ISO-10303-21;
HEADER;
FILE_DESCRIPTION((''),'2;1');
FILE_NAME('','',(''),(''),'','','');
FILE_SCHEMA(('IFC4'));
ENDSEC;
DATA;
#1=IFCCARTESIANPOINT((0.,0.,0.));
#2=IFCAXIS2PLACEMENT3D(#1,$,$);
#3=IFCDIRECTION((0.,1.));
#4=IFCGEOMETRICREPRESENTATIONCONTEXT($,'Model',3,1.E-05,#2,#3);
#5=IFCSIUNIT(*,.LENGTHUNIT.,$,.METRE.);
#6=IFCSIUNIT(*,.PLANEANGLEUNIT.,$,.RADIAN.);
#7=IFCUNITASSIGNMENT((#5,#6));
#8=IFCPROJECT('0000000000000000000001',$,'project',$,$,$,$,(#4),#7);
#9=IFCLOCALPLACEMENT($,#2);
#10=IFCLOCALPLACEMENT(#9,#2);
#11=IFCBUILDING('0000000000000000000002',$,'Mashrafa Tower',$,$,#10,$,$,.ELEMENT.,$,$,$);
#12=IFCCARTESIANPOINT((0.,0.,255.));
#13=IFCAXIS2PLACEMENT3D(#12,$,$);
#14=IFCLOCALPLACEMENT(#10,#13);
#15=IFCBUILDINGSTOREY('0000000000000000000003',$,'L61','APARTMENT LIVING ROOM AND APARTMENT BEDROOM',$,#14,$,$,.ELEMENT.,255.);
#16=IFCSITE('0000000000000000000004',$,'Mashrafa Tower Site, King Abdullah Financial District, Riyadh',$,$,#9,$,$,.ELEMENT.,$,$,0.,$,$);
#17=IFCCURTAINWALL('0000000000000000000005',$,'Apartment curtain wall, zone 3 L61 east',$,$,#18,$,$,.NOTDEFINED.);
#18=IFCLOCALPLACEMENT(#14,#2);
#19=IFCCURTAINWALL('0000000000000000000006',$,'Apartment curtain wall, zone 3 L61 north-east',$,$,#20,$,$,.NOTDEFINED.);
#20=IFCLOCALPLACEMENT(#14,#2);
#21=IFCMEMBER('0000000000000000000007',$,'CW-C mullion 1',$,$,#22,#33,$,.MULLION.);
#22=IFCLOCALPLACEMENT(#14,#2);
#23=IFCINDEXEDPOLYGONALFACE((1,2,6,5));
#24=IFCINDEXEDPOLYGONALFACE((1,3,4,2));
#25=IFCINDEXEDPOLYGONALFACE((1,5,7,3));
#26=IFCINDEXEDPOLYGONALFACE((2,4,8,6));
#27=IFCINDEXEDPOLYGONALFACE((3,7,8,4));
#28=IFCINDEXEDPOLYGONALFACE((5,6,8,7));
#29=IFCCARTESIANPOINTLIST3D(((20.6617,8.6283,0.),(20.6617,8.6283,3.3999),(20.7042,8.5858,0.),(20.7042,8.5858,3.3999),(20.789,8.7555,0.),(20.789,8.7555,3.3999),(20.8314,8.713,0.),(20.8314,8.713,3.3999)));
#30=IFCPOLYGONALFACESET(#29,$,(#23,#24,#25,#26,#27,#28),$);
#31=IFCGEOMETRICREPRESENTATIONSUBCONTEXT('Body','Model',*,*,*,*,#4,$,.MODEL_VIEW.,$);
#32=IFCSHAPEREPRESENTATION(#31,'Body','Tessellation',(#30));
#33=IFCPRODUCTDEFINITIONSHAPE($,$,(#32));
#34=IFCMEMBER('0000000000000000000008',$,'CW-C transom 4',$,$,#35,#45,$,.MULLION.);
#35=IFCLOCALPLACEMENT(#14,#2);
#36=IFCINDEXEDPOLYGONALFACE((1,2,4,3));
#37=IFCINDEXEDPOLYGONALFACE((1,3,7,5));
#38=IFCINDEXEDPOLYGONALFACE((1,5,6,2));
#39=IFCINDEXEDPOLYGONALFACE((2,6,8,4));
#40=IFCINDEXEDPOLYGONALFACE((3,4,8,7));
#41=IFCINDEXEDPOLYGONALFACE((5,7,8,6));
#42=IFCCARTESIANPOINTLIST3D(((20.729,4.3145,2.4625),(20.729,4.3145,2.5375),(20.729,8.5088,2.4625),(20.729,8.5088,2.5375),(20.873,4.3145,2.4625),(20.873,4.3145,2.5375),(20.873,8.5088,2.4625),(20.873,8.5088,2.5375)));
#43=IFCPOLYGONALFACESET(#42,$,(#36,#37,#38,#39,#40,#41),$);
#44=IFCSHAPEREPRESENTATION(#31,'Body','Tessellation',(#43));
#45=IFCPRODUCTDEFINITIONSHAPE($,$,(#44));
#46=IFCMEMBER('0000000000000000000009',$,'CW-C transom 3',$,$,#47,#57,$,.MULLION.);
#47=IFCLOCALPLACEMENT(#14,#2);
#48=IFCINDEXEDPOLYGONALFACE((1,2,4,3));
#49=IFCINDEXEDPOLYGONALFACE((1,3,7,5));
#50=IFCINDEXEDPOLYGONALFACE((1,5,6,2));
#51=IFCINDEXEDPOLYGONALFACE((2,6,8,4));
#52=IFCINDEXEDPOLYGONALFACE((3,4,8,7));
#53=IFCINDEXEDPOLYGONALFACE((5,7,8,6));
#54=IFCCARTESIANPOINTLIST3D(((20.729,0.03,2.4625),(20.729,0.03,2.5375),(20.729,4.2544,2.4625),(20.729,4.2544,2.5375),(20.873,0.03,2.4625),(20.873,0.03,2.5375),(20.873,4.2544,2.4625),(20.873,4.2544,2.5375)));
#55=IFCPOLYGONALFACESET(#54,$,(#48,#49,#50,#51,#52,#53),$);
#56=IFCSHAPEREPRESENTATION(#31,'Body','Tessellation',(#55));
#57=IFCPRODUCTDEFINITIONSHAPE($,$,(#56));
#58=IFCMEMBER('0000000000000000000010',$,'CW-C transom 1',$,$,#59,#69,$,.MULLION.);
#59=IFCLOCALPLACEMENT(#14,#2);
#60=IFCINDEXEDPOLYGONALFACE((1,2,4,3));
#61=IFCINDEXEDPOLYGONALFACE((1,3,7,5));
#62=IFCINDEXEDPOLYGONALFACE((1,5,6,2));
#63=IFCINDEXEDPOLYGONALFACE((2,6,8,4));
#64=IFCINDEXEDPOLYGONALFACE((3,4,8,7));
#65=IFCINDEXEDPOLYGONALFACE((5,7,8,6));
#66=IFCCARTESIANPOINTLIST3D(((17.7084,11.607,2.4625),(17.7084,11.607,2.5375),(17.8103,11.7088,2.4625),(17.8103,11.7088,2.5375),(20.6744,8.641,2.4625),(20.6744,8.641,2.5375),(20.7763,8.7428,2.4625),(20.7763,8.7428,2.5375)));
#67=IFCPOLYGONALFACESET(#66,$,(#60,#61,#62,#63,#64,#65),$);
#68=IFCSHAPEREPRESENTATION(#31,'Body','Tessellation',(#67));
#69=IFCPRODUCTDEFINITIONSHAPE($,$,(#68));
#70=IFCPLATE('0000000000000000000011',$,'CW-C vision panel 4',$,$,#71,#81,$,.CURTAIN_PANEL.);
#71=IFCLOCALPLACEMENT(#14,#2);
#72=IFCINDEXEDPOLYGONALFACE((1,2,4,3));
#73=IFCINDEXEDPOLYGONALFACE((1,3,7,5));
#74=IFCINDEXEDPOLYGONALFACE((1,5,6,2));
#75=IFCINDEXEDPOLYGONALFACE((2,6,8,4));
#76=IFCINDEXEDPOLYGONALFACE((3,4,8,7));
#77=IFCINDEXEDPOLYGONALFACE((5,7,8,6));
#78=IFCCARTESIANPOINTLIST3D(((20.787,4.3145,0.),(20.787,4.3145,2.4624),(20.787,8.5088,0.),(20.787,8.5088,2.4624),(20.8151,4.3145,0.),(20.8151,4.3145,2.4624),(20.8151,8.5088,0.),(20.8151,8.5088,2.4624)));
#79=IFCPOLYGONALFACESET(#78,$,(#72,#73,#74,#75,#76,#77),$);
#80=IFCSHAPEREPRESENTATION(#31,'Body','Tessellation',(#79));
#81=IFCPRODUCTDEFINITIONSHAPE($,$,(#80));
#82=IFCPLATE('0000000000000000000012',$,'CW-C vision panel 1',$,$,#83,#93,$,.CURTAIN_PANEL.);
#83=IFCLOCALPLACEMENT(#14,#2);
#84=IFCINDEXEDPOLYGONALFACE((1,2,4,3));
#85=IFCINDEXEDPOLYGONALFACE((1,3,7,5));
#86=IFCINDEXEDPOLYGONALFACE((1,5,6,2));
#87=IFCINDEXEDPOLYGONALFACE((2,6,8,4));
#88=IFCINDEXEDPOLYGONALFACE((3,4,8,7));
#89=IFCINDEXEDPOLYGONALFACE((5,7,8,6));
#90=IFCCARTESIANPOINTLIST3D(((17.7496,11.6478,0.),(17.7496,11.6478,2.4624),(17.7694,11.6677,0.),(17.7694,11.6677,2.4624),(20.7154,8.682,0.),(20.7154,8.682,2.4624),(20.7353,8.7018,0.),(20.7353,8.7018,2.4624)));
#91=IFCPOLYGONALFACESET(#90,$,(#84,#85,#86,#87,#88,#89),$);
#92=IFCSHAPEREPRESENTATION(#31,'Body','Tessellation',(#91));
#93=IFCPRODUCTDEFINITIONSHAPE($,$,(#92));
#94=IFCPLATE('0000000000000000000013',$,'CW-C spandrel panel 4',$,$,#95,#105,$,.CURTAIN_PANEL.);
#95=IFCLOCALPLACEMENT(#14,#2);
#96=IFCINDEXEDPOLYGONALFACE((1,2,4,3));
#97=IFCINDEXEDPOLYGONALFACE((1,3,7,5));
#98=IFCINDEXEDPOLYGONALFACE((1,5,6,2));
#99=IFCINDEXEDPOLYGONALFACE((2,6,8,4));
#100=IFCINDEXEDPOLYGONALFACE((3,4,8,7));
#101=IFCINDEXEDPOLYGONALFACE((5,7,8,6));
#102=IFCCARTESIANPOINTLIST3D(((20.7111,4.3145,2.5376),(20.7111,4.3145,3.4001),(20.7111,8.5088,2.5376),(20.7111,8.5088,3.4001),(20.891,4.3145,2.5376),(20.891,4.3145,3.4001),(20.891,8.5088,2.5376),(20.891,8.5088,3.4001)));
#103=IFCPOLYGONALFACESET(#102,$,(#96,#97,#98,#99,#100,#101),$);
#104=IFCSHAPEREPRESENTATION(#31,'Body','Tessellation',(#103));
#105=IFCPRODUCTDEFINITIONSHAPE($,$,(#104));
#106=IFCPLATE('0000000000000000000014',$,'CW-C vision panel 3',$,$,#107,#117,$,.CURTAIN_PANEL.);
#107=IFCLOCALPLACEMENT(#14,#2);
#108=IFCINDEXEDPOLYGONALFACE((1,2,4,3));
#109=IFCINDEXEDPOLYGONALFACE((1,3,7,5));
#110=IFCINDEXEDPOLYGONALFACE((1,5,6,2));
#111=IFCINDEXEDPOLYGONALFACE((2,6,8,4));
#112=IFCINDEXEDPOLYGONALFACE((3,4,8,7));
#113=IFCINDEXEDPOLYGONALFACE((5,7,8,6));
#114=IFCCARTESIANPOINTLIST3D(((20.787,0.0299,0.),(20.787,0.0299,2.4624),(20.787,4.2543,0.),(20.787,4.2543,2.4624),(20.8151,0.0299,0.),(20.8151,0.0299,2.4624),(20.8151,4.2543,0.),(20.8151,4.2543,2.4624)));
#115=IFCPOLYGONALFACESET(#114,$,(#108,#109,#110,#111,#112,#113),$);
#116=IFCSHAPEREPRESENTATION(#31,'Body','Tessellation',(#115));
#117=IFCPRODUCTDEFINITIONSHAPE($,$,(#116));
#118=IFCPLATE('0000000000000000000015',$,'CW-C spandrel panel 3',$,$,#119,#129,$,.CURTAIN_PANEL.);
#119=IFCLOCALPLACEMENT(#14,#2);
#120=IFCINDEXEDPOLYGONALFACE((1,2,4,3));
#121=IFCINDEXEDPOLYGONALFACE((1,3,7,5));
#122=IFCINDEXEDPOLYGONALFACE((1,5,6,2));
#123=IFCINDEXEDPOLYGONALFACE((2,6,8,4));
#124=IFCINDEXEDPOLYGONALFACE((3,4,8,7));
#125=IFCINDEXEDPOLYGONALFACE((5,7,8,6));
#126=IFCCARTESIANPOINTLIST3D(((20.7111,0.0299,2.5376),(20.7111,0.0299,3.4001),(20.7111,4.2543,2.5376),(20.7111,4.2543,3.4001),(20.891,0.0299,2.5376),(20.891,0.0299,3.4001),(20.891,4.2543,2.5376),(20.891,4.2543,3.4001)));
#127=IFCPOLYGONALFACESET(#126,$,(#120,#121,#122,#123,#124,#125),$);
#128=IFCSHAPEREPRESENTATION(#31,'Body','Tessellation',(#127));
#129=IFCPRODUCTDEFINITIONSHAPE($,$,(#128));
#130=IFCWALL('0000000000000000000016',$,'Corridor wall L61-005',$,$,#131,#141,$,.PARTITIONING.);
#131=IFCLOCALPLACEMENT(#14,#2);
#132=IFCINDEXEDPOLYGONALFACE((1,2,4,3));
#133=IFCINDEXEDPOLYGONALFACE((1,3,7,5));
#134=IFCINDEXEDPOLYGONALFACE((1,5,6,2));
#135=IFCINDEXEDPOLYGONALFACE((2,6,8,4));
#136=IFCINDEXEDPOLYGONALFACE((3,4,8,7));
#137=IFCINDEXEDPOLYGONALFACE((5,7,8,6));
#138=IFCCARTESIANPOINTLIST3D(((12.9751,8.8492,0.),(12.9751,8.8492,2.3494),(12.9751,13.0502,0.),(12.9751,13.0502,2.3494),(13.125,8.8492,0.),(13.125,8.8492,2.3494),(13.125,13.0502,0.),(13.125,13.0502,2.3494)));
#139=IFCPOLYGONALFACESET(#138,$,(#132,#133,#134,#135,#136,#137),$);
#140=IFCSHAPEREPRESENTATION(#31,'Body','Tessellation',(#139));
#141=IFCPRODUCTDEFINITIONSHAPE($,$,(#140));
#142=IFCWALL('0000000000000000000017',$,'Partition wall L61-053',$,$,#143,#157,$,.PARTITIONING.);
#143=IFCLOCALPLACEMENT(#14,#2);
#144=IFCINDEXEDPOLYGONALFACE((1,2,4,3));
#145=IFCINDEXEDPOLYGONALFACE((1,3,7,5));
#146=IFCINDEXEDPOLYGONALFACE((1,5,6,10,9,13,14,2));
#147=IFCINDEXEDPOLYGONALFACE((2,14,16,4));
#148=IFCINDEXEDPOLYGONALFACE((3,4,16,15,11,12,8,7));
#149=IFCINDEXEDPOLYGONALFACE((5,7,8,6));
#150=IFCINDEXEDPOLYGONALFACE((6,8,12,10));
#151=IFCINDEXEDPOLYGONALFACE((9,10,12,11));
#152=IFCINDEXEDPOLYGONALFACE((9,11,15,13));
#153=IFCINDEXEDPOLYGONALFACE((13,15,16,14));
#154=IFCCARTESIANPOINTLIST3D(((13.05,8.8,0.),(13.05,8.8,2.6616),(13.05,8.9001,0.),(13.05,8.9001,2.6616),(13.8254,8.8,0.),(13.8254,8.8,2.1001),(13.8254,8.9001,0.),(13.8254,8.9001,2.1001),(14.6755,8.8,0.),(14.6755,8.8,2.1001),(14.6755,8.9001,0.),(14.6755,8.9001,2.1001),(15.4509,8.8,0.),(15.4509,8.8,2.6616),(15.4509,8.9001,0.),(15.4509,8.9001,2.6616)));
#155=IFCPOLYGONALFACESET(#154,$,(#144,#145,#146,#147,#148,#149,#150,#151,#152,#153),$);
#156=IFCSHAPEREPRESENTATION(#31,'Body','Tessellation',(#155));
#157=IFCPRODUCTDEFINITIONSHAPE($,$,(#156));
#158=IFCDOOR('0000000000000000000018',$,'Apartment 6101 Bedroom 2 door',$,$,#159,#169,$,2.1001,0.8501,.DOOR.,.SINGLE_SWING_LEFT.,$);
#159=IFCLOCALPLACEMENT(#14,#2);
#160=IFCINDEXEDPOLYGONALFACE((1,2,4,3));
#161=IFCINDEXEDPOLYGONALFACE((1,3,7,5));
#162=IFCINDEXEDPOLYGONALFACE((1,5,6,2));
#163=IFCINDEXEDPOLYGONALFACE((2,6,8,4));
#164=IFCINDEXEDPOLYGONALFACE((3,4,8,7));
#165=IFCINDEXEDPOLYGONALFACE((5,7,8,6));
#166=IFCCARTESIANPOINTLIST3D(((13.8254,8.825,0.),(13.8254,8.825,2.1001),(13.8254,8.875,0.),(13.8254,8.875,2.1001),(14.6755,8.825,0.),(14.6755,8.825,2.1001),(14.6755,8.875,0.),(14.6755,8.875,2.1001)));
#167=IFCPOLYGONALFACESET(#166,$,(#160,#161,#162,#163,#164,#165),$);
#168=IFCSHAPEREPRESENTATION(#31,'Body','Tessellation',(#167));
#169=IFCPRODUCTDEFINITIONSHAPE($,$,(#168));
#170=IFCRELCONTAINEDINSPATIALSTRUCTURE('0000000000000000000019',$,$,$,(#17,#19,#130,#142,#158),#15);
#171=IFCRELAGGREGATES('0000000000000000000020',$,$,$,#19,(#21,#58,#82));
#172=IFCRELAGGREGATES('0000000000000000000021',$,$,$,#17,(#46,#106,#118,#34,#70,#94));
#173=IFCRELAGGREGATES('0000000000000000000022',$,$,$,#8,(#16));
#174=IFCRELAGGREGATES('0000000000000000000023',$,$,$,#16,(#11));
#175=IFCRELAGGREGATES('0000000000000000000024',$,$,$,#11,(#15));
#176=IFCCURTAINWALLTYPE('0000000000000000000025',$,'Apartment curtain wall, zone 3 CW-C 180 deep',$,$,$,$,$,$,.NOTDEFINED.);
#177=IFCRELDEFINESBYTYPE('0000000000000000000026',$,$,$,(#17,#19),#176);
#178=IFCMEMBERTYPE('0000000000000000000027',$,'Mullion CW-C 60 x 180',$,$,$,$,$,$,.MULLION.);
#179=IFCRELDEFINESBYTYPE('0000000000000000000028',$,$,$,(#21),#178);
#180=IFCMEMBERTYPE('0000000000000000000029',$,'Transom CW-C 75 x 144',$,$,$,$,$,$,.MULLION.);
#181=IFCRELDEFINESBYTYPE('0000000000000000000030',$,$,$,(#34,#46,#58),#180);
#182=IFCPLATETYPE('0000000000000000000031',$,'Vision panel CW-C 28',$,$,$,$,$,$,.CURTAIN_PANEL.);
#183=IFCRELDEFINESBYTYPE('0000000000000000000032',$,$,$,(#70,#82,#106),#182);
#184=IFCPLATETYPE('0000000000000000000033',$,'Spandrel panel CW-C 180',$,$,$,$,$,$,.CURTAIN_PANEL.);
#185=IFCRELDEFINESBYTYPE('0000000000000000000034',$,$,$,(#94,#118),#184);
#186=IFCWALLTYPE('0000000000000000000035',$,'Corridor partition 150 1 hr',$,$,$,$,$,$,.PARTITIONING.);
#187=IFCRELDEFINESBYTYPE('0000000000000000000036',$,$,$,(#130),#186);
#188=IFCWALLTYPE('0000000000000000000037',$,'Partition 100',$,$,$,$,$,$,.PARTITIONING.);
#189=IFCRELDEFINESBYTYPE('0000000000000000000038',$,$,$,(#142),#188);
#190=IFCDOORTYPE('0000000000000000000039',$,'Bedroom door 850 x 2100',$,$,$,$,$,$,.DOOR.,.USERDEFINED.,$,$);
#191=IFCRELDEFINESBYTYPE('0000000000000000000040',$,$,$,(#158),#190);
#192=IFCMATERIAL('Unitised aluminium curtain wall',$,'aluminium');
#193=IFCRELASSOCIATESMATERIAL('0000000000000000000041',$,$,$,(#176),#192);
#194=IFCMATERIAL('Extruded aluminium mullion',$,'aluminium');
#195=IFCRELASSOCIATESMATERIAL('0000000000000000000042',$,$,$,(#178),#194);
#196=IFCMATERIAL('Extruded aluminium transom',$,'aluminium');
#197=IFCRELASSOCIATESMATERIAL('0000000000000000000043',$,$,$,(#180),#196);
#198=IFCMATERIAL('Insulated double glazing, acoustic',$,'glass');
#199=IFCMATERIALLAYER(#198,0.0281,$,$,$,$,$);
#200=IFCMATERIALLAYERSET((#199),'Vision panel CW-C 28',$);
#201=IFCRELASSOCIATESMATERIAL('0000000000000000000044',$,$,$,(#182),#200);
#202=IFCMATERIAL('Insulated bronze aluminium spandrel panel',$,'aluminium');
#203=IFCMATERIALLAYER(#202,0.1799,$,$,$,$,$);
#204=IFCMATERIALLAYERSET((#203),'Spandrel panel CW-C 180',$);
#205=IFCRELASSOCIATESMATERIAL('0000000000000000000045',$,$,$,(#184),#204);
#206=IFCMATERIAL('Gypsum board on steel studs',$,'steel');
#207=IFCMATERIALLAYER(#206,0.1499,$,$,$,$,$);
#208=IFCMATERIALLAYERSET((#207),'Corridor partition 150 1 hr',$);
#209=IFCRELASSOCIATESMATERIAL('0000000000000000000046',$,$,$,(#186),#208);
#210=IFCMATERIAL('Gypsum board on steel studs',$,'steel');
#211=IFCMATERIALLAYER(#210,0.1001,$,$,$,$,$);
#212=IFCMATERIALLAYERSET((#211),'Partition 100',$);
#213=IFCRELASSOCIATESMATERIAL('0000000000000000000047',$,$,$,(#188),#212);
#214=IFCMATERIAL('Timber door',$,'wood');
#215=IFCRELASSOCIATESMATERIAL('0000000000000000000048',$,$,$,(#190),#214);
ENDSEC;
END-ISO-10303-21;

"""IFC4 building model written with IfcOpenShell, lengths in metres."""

from ifc_helpers import new_model, si_unit, direction, frame, frame_2d, origin, origin_2d, place, context, subcontext, project, spatial, rectangle, extrude, source, transform, mapped, material, layer, layer_set, material_profile, profile_set, type_object, type_shapes, element, fill, aggregate, save


model = new_model("IFC4")

# Units and contexts
model_context = context("Model", 3, precision=1e-05, world=origin(), true_north=direction((0.0, 1.0)))
body_context = subcontext(model_context, "Body", "Model", "MODEL_VIEW")
ifc_project = project(units=[si_unit("LENGTHUNIT", "METRE"), si_unit("PLANEANGLEUNIT", "RADIAN")], contexts=[model_context])

# Site, building, storey
site_placement = place(None, origin())
site = spatial("IfcSite", under=ifc_project, at=site_placement, Name="Mashrafa Tower Site, King Abdullah Financial District, Riyadh", CompositionType="ELEMENT", RefElevation=0.0)
building_placement = place(site_placement, origin())
building = spatial("IfcBuilding", under=site, at=building_placement, Name="Mashrafa Tower", CompositionType="ELEMENT")
storey_placement = place(building_placement, frame((0.0, 0.0, 255.0)))
storey = spatial("IfcBuildingStorey", under=building, at=storey_placement, Name="L61", Description="APARTMENT LIVING ROOM AND APARTMENT BEDROOM", CompositionType="ELEMENT", Elevation=255.0)

# Curtain wall
ifc_material_1 = material(Name="Unitised aluminium curtain wall", Category="aluminium")
curtain_wall_type = type_object("IfcCurtainWallType", Name="Apartment curtain wall, zone 3 CW-C 180 deep", PredefinedType="NOTDEFINED", material=ifc_material_1)
curtain_wall_1_placement = place(storey_placement, origin())
curtain_wall_1 = element("IfcCurtainWall", 1, at=curtain_wall_1_placement, inside=storey, type_object=curtain_wall_type, Name="Apartment curtain wall, zone 3 L61 east", PredefinedType="NOTDEFINED")
ifc_material_2 = material(Name="Extruded aluminium mullion", Category="aluminium")
ifc_material_profile_1 = material_profile(ifc_material_2, rectangle(XDim=0.1799, YDim=0.0601, at=origin_2d()), Name="Mullion 60x180")
ifc_profile_set_1 = profile_set([ifc_material_profile_1], Name="Extruded aluminium mullion")
member_type_1 = type_object("IfcMemberType", Name="Mullion CW-C 60 x 180", PredefinedType="MULLION", material=ifc_profile_set_1)
shared_shape_1 = source(origin(), body_context, "Body", "SweptSolid", [
    extrude(rectangle(XDim=0.1799, YDim=0.0601, at=origin_2d()), origin(), (0.0, 0.0, 1.0), 3.3999),
])
type_shapes(member_type_1, [shared_shape_1])

# Curtain wall, member
curtain_wall_2_placement = place(storey_placement, origin())
curtain_wall_2 = element("IfcCurtainWall", 2, at=curtain_wall_2_placement, inside=storey, type_object=curtain_wall_type, Name="Apartment curtain wall, zone 3 L61 north-east", PredefinedType="NOTDEFINED")
member_1_placement = place(storey_placement, frame((20.7466, 8.6707, 0.0), z_axis=(0.0, 0.0, 1.0), x_axis=(-0.707107, -0.707107, 0.0)))
member_1 = element("IfcMember", 3, at=member_1_placement, type_object=member_type_1, Name="CW-C mullion 1", PredefinedType="MULLION", context=body_context, shape_type="MappedRepresentation", body=[
    mapped(shared_shape_1, transform((0.0, 0.0, 0.0))),
])

# Members
ifc_material_3 = material(Name="Extruded aluminium transom", Category="aluminium")
ifc_material_profile_2 = material_profile(ifc_material_3, rectangle(XDim=0.144, YDim=0.075, at=origin_2d()), Name="Transom 75x144")
ifc_profile_set_2 = profile_set([ifc_material_profile_2], Name="Extruded aluminium transom")
member_type_2 = type_object("IfcMemberType", Name="Transom CW-C 75 x 144", PredefinedType="MULLION", material=ifc_profile_set_2)
shared_shape_2 = source(origin(), body_context, "Body", "SweptSolid", [
    extrude(rectangle(XDim=0.144, YDim=0.075, at=origin_2d()), origin(), (0.0, 0.0, 1.0), 4.1943),
])
member_2_placement = place(storey_placement, frame((20.801, 4.3145, 2.5), z_axis=(0.0, 1.0, 0.0), x_axis=(-1.0, 0.0, 0.0)))
member_2 = element("IfcMember", 4, at=member_2_placement, type_object=member_type_2, Name="CW-C transom 4", PredefinedType="MULLION", context=body_context, shape_type="MappedRepresentation", body=[
    mapped(shared_shape_2, transform((0.0, 0.0, 0.0))),
])
shared_shape_3 = source(origin(), body_context, "Body", "SweptSolid", [
    extrude(rectangle(XDim=0.144, YDim=0.075, at=origin_2d()), origin(), (0.0, 0.0, 1.0), 4.2244),
])
member_3_placement = place(storey_placement, frame((20.801, 0.03, 2.5), z_axis=(0.0, 1.0, 0.0), x_axis=(-1.0, 0.0, 0.0)))
member_3 = element("IfcMember", 5, at=member_3_placement, type_object=member_type_2, Name="CW-C transom 3", PredefinedType="MULLION", context=body_context, shape_type="MappedRepresentation", body=[
    mapped(shared_shape_3, transform((0.0, 0.0, 0.0))),
])
shared_shape_4 = source(origin(), body_context, "Body", "SweptSolid", [
    extrude(rectangle(XDim=0.144, YDim=0.075, at=origin_2d()), origin(), (0.0, 0.0, 1.0), 4.1946),
])
type_shapes(member_type_2, [shared_shape_2, shared_shape_3, shared_shape_4])
member_4_placement = place(storey_placement, frame((20.7253, 8.6919, 2.5), z_axis=(-0.707107, 0.707107, 0.0), x_axis=(-0.707107, -0.707107, 0.0)))
member_4 = element("IfcMember", 6, at=member_4_placement, type_object=member_type_2, Name="CW-C transom 1", PredefinedType="MULLION", context=body_context, shape_type="MappedRepresentation", body=[
    mapped(shared_shape_4, transform((0.0, 0.0, 0.0))),
])

# Plates
ifc_material_4 = material(Name="Insulated double glazing, acoustic", Category="glass")
ifc_layer_1 = layer(ifc_material_4, 0.0281)
ifc_layer_set_1 = layer_set([ifc_layer_1], Name="Vision panel CW-C 28")
plate_type_1 = type_object("IfcPlateType", Name="Vision panel CW-C 28", PredefinedType="CURTAIN_PANEL", material=ifc_layer_set_1)
shared_shape_5 = source(origin(), body_context, "Body", "SweptSolid", [
    extrude(rectangle(XDim=4.1943, YDim=0.0281, at=origin_2d()), origin(), (0.0, 0.0, 1.0), 2.4624),
])
plate_1_placement = place(storey_placement, frame((20.801, 6.4116, 0.0), z_axis=(0.0, 0.0, 1.0), x_axis=(0.0, 1.0, 0.0)))
plate_1 = element("IfcPlate", 7, at=plate_1_placement, type_object=plate_type_1, Name="CW-C vision panel 4", PredefinedType="CURTAIN_PANEL", context=body_context, shape_type="MappedRepresentation", body=[
    mapped(shared_shape_5, transform((0.0, 0.0, 0.0))),
])
plate_2_placement = place(storey_placement, frame((19.2424, 10.1748, 0.0), z_axis=(0.0, 0.0, 1.0), x_axis=(-0.707107, 0.707107, 0.0)))
plate_2 = element("IfcPlate", 8, at=plate_2_placement, type_object=plate_type_1, Name="CW-C vision panel 1", PredefinedType="CURTAIN_PANEL", context=body_context, shape_type="MappedRepresentation", body=[
    mapped(shared_shape_5, transform((0.0, 0.0, 0.0))),
])
aggregate(curtain_wall_2, [member_1, member_4, plate_2])
ifc_material_5 = material(Name="Insulated bronze aluminium spandrel panel", Category="aluminium")
ifc_layer_2 = layer(ifc_material_5, 0.1799)
ifc_layer_set_2 = layer_set([ifc_layer_2], Name="Spandrel panel CW-C 180")
plate_type_2 = type_object("IfcPlateType", Name="Spandrel panel CW-C 180", PredefinedType="CURTAIN_PANEL", material=ifc_layer_set_2)
shared_shape_6 = source(origin(), body_context, "Body", "SweptSolid", [
    extrude(rectangle(XDim=4.1943, YDim=0.1799, at=origin_2d()), origin(), (0.0, 0.0, 1.0), 0.8625),
])
plate_3_placement = place(storey_placement, frame((20.801, 6.4116, 2.5376), z_axis=(0.0, 0.0, 1.0), x_axis=(0.0, 1.0, 0.0)))
plate_3 = element("IfcPlate", 9, at=plate_3_placement, type_object=plate_type_2, Name="CW-C spandrel panel 4", PredefinedType="CURTAIN_PANEL", context=body_context, shape_type="MappedRepresentation", body=[
    mapped(shared_shape_6, transform((0.0, 0.0, 0.0))),
])
shared_shape_7 = source(origin(), body_context, "Body", "SweptSolid", [
    extrude(rectangle(XDim=4.2244, YDim=0.0281, at=origin_2d()), origin(), (0.0, 0.0, 1.0), 2.4624),
])
type_shapes(plate_type_1, [shared_shape_5, shared_shape_7])
plate_4_placement = place(storey_placement, frame((20.801, 2.1421, 0.0), z_axis=(0.0, 0.0, 1.0), x_axis=(0.0, 1.0, 0.0)))
plate_4 = element("IfcPlate", 10, at=plate_4_placement, type_object=plate_type_1, Name="CW-C vision panel 3", PredefinedType="CURTAIN_PANEL", context=body_context, shape_type="MappedRepresentation", body=[
    mapped(shared_shape_7, transform((0.0, 0.0, 0.0))),
])
shared_shape_8 = source(origin(), body_context, "Body", "SweptSolid", [
    extrude(rectangle(XDim=4.2244, YDim=0.1799, at=origin_2d()), origin(), (0.0, 0.0, 1.0), 0.8625),
])
type_shapes(plate_type_2, [shared_shape_6, shared_shape_8])
plate_5_placement = place(storey_placement, frame((20.801, 2.1421, 2.5376), z_axis=(0.0, 0.0, 1.0), x_axis=(0.0, 1.0, 0.0)))
plate_5 = element("IfcPlate", 11, at=plate_5_placement, type_object=plate_type_2, Name="CW-C spandrel panel 3", PredefinedType="CURTAIN_PANEL", context=body_context, shape_type="MappedRepresentation", body=[
    mapped(shared_shape_8, transform((0.0, 0.0, 0.0))),
])
aggregate(curtain_wall_1, [member_3, plate_4, plate_5, member_2, plate_1, plate_3])

# Wall
ifc_material_6 = material(Name="Gypsum board on steel studs", Category="steel")
ifc_layer_3 = layer(ifc_material_6, 0.1499)
ifc_layer_set_3 = layer_set([ifc_layer_3], Name="Corridor partition 150 1 hr")
wall_type_1 = type_object("IfcWallType", Name="Corridor partition 150 1 hr", PredefinedType="PARTITIONING", material=ifc_layer_set_3)
wall_1_placement = place(storey_placement, frame((13.05, 8.8491, 0.0), z_axis=(0.0, 0.0, 1.0), x_axis=(0.0, 1.0, 0.0)))
element("IfcWall", 12, at=wall_1_placement, inside=storey, type_object=wall_type_1, Name="Corridor wall L61-005", PredefinedType="PARTITIONING", context=body_context, shape_type="SweptSolid", body=[
    extrude(rectangle(XDim=4.2009, YDim=0.1499, at=frame_2d((2.1006, 0.0))), origin(), (0.0, 0.0, 1.0), 2.3494),
])

# Wall, opening, door
ifc_material_7 = material(Name="Gypsum board on steel studs", Category="steel")
ifc_layer_4 = layer(ifc_material_7, 0.1001)
ifc_layer_set_4 = layer_set([ifc_layer_4], Name="Partition 100")
wall_type_2 = type_object("IfcWallType", Name="Partition 100", PredefinedType="PARTITIONING", material=ifc_layer_set_4)
wall_2_placement = place(storey_placement, frame((13.05, 8.8501, 0.0), z_axis=(0.0, 0.0, 1.0), x_axis=(1.0, 0.0, 0.0)))
wall_2 = element("IfcWall", 13, at=wall_2_placement, inside=storey, type_object=wall_type_2, Name="Partition wall L61-053", PredefinedType="PARTITIONING", context=body_context, shape_type="SweptSolid", body=[
    extrude(rectangle(XDim=2.4009, YDim=0.1001, at=frame_2d((1.2004, 0.0))), origin(), (0.0, 0.0, 1.0), 2.6616),
])
opening_1_placement = place(wall_2_placement, frame((0.7754, 0.0, 0.0)))
opening_1 = element("IfcOpeningElement", 14, at=opening_1_placement, cuts=wall_2, PredefinedType="OPENING", context=body_context, shape_type="SweptSolid", body=[
    extrude(rectangle(XDim=0.8501, YDim=2.1001, at=frame_2d((0.425, 1.05))), frame((0.0, 0.0601, 0.0), z_axis=(0.0, -1.0, 0.0), x_axis=(1.0, 0.0, 0.0)), (0.0, 0.0, 1.0), 0.1201),
])
ifc_material_8 = material(Name="Timber door", Category="wood")
door_type = type_object("IfcDoorType", Name="Bedroom door 850 x 2100", OperationType="USERDEFINED", PredefinedType="DOOR", material=ifc_material_8)
door_1_placement = place(opening_1_placement, origin())
door_1 = element("IfcDoor", 15, at=door_1_placement, inside=storey, type_object=door_type, Name="Apartment 6101 Bedroom 2 door", OperationType="SINGLE_SWING_LEFT", OverallHeight=2.1001, OverallWidth=0.8501, PredefinedType="DOOR", context=body_context, shape_type="SweptSolid", body=[
    extrude(rectangle(XDim=0.8501, YDim=2.1001, at=frame_2d((0.425, 1.05))), frame((0.0, 0.0249, 0.0), z_axis=(0.0, -1.0, 0.0), x_axis=(1.0, 0.0, 0.0)), (0.0, 0.0, 1.0), 0.05),
])
fill(opening_1, door_1)

save(model, "model.ifc")
